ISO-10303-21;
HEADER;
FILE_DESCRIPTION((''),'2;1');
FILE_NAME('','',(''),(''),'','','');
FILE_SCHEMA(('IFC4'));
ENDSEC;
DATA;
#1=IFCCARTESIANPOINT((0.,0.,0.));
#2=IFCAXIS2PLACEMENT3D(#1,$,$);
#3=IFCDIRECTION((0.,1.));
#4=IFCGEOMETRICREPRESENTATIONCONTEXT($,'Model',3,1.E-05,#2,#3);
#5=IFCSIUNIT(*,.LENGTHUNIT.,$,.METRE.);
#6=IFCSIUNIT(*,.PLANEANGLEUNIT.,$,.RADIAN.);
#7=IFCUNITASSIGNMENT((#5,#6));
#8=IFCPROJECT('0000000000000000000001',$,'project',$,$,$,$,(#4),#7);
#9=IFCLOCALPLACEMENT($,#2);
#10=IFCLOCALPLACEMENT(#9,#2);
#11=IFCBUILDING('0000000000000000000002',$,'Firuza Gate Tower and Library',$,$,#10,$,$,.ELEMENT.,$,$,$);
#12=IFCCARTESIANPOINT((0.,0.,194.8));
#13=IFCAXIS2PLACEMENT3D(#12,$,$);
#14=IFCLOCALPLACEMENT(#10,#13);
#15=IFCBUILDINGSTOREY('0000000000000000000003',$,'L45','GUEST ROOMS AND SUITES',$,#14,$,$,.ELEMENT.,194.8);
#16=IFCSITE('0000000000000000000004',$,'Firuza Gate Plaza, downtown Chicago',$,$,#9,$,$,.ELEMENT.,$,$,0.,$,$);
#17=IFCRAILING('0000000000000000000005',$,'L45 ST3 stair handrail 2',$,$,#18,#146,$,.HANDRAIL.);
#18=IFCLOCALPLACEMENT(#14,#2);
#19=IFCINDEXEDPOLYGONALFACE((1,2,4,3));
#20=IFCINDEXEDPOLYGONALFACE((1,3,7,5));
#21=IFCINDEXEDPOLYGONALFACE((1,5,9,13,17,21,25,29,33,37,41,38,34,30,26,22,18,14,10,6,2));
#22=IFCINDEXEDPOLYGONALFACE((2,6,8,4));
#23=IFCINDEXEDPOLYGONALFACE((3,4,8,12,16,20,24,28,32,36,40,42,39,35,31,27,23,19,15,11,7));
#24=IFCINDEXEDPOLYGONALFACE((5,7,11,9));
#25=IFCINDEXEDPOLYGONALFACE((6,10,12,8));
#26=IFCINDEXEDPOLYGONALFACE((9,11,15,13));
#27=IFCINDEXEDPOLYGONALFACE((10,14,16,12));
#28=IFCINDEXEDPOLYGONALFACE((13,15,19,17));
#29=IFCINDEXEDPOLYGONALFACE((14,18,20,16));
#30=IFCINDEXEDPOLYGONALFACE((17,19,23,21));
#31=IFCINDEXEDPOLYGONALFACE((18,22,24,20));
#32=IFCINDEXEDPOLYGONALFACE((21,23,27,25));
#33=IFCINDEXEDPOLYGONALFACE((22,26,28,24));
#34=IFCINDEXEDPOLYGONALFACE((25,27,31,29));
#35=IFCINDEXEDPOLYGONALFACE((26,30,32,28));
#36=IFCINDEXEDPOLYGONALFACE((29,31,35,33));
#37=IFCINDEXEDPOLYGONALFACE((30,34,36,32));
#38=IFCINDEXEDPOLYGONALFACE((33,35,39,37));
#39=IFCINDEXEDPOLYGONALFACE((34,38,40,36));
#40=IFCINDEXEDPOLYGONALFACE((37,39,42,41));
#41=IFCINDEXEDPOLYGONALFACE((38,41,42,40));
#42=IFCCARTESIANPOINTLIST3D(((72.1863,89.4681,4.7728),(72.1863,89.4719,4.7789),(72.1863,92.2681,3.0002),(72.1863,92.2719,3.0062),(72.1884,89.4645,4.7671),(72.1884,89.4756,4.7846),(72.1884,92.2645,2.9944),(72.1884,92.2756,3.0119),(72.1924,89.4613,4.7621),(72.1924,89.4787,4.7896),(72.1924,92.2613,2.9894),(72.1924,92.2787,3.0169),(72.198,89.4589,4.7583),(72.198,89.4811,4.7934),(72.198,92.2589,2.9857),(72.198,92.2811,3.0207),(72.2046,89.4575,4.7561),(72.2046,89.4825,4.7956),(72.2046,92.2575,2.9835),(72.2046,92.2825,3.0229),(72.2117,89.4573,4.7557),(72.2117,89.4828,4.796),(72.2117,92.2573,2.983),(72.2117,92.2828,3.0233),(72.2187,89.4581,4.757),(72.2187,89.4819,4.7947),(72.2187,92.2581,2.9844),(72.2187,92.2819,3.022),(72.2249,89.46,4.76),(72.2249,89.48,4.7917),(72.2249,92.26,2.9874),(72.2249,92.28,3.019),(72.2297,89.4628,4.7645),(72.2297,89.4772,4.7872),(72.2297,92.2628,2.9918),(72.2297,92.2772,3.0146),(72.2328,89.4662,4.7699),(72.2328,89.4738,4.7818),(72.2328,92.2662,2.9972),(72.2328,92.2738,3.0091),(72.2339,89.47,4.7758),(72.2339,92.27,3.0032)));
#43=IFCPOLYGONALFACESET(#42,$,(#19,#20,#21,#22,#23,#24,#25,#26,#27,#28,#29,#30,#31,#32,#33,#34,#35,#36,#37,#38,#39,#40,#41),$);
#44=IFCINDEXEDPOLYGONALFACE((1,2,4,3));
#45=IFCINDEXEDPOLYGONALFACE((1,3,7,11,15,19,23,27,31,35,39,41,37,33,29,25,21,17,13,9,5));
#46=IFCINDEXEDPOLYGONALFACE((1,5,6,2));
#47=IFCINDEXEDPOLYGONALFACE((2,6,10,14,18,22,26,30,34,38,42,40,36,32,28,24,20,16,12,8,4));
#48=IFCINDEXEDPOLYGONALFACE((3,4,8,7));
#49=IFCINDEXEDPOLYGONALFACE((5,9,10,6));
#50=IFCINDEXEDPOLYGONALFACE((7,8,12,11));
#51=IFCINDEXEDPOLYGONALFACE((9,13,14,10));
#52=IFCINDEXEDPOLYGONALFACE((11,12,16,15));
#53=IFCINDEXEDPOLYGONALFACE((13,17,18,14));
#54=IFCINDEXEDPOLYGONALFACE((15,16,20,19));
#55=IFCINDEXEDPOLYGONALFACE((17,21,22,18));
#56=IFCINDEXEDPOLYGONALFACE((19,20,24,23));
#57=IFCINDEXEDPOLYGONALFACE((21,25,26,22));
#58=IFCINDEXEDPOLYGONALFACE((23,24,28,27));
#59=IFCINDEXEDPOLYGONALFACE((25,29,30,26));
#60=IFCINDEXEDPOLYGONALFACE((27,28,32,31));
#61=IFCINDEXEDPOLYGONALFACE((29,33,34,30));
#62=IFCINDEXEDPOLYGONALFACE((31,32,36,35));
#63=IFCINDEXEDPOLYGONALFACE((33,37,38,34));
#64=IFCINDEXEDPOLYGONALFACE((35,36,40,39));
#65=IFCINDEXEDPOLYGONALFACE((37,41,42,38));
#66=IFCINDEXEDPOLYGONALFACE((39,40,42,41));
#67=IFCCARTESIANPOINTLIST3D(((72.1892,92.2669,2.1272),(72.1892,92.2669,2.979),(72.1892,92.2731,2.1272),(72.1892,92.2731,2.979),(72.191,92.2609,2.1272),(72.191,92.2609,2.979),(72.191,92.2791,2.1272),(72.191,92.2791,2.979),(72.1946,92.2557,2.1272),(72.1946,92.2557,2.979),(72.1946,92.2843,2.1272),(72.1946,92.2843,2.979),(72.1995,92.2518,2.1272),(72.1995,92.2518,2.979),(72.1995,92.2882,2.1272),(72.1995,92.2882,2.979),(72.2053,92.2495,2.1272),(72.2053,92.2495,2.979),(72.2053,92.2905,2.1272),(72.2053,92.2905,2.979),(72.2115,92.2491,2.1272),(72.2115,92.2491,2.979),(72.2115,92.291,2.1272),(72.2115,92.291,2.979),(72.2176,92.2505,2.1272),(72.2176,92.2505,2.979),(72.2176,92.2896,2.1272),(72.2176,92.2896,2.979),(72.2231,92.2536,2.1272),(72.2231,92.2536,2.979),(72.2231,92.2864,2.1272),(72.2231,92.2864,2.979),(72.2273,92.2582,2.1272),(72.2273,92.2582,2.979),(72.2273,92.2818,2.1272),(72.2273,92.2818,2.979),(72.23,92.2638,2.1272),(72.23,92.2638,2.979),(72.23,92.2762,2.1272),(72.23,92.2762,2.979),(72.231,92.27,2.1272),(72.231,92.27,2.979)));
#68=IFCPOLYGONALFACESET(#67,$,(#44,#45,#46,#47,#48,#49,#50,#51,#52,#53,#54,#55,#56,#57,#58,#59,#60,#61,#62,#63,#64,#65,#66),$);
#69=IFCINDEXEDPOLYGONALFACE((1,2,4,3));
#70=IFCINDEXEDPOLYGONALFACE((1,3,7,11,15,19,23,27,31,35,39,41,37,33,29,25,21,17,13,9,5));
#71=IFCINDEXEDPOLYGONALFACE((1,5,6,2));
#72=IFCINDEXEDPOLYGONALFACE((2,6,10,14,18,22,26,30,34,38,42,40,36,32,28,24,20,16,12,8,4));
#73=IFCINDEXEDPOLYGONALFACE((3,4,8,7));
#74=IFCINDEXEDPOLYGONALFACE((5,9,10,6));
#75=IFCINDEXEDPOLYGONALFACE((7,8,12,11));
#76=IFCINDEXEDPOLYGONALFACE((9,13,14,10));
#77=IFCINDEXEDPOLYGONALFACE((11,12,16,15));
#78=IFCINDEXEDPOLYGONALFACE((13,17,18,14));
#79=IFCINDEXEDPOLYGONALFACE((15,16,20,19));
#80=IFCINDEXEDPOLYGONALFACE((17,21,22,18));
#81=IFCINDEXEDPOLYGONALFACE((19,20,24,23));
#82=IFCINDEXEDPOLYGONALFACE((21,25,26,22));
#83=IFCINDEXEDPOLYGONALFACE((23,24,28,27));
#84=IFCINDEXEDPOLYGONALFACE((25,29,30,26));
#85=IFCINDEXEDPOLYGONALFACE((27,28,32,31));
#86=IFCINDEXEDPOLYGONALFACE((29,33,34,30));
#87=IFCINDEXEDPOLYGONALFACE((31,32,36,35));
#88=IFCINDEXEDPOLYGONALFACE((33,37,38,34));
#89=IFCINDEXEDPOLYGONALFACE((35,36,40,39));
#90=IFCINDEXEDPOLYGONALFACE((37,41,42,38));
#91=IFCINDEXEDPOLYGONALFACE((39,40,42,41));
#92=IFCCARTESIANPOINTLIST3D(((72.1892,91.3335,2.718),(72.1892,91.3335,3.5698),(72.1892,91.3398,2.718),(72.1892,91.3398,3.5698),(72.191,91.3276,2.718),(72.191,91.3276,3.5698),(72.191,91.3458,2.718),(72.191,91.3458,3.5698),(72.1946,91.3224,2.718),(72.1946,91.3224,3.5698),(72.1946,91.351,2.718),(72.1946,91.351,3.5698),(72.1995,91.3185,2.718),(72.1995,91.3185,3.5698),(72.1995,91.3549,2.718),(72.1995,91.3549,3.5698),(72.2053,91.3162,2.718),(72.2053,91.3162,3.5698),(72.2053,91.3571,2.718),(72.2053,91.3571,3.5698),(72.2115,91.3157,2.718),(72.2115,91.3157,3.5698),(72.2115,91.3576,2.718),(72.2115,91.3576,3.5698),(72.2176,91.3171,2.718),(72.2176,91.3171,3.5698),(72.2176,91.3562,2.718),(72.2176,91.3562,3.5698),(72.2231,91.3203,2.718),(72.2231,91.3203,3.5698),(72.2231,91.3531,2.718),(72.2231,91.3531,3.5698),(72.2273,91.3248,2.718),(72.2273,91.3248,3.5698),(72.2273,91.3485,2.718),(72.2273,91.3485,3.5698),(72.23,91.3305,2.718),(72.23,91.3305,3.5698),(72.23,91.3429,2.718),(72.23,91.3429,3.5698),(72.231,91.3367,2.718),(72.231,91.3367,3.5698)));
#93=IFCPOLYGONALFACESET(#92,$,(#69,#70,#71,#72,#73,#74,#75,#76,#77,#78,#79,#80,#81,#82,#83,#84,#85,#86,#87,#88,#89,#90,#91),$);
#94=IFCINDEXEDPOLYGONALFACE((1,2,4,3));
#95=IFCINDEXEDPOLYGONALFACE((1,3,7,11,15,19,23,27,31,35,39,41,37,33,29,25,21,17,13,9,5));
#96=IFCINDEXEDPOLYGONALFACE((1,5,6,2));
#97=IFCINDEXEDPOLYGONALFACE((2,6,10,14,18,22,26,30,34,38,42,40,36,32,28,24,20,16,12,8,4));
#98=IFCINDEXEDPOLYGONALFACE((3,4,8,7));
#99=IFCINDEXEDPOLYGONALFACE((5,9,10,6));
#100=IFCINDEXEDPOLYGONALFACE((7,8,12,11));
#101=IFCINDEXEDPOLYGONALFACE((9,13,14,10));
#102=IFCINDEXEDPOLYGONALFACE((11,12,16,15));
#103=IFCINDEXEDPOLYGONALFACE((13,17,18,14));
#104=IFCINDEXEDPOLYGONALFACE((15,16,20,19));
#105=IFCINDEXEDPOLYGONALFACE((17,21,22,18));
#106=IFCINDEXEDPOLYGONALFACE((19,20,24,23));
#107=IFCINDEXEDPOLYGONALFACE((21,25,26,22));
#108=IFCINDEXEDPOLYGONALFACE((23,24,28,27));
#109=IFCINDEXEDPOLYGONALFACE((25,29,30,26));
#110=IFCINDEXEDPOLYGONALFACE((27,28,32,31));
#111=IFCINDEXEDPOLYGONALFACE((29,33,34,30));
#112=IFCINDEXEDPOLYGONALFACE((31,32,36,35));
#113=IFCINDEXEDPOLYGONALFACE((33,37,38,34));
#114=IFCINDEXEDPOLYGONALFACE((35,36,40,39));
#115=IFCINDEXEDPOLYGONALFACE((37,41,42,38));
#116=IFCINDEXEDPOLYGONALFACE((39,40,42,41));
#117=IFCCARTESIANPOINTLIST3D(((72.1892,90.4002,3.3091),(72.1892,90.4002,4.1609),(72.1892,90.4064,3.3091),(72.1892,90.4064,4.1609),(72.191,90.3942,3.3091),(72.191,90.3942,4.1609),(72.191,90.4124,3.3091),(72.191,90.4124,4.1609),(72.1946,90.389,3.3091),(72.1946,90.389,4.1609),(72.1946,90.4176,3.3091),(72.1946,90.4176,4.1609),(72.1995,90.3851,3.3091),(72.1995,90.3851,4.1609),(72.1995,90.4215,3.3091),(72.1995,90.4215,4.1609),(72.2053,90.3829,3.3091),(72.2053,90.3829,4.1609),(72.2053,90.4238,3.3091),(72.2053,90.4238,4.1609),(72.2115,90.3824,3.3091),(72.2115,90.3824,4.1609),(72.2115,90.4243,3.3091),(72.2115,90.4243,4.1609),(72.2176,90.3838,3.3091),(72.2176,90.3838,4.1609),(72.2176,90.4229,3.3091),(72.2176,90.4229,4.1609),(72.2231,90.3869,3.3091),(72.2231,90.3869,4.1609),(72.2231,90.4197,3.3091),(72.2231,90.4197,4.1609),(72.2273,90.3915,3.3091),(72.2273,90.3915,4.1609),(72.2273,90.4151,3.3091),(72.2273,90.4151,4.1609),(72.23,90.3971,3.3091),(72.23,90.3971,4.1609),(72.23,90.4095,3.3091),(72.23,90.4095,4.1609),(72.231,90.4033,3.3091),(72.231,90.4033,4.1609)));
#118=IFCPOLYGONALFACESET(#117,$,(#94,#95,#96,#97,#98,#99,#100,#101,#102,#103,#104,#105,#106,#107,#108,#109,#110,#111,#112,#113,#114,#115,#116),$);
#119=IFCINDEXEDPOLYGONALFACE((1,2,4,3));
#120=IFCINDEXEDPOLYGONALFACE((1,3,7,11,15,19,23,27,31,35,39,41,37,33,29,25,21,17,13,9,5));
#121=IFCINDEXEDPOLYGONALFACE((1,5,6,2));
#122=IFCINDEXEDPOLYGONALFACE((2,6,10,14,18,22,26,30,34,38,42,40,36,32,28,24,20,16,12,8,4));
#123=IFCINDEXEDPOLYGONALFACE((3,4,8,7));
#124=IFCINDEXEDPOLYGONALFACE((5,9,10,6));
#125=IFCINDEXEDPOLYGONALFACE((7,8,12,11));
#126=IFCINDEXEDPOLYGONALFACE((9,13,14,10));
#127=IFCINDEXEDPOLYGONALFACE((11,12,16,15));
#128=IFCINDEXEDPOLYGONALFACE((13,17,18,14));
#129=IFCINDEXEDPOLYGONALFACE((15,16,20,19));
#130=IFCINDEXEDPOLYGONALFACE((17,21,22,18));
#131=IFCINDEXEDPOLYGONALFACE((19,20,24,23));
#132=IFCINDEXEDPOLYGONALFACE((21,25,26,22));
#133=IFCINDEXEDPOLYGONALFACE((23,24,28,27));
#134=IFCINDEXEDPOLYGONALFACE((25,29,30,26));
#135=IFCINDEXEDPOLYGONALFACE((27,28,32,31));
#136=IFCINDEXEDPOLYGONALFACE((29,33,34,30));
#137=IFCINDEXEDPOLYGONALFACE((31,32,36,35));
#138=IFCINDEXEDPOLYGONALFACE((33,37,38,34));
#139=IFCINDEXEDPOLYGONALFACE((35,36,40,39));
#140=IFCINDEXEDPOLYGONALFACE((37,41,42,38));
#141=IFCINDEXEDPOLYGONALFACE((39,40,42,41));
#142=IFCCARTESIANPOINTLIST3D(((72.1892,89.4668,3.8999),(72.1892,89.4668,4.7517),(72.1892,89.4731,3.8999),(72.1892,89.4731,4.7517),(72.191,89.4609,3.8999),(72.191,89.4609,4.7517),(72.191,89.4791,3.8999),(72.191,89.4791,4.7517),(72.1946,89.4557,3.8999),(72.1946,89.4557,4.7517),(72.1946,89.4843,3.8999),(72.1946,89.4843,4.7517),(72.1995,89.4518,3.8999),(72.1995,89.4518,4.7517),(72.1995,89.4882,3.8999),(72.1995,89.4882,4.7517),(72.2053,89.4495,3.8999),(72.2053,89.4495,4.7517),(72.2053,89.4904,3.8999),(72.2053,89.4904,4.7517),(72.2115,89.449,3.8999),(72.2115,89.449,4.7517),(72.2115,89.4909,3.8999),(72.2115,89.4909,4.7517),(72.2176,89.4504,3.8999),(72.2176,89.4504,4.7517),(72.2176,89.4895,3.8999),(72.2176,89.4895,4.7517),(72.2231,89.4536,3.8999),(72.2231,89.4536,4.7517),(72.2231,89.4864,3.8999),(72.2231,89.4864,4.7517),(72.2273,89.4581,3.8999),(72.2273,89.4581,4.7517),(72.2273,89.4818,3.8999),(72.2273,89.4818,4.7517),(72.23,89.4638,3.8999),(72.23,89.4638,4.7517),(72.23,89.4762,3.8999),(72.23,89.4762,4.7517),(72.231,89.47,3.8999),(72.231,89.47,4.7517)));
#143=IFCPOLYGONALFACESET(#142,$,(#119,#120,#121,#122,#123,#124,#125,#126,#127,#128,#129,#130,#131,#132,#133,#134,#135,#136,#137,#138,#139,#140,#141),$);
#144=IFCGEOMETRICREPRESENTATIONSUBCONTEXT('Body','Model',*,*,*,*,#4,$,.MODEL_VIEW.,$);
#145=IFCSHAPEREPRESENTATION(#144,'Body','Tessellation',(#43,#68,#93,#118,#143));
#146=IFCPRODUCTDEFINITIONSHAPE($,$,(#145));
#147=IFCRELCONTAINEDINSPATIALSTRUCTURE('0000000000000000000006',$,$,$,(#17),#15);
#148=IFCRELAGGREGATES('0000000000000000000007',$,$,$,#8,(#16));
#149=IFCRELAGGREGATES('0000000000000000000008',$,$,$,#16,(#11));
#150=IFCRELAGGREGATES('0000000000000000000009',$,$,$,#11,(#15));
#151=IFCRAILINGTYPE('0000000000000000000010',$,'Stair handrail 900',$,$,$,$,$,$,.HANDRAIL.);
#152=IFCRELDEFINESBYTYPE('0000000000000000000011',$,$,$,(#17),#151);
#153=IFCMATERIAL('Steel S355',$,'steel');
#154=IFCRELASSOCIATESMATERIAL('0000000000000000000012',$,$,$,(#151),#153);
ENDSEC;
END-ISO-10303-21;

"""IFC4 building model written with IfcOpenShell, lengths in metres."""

from ifc_helpers import new_model, si_unit, direction, frame, origin, origin_2d, place, context, subcontext, project, spatial, circle, extrude, material, type_object, element, save


model = new_model("IFC4")

# Units and contexts
model_context = context("Model", 3, precision=1e-05, world=origin(), true_north=direction((0.0, 1.0)))
body_context = subcontext(model_context, "Body", "Model", "MODEL_VIEW")
ifc_project = project(units=[si_unit("LENGTHUNIT", "METRE"), si_unit("PLANEANGLEUNIT", "RADIAN")], contexts=[model_context])

# Site, building, storey
site_placement = place(None, origin())
site = spatial("IfcSite", under=ifc_project, at=site_placement, Name="Firuza Gate Plaza, downtown Chicago", CompositionType="ELEMENT", RefElevation=0.0)
building_placement = place(site_placement, origin())
building = spatial("IfcBuilding", under=site, at=building_placement, Name="Firuza Gate Tower and Library", CompositionType="ELEMENT")
storey_placement = place(building_placement, frame((0.0, 0.0, 194.8)))
storey = spatial("IfcBuildingStorey", under=building, at=storey_placement, Name="L45", Description="GUEST ROOMS AND SUITES", CompositionType="ELEMENT", Elevation=194.8)

# Railing
ifc_material_1 = material(Name="Steel S355", Category="steel")
railing_type_1 = type_object("IfcRailingType", Name="Stair handrail 900", PredefinedType="HANDRAIL", material=ifc_material_1)
railing_1_placement = place(storey_placement, frame((72.21, 92.27, 2.1272)))
element("IfcRailing", 1, at=railing_1_placement, inside=storey, type_object=railing_type_1, Name="L45 ST3 stair handrail 2", PredefinedType="HANDRAIL", context=body_context, shape_type="SweptSolid", body=[
    extrude(circle(Radius=0.0239, at=origin_2d()), frame((0.0, 0.0, 0.876), z_axis=(0.0, -0.844909, 0.53491), x_axis=(1.0, 0.0, 0.0)), (0.0, 0.0, 1.0), 3.314),
    extrude(circle(Radius=0.021, at=origin_2d()), origin(), (0.0, 0.0, 1.0), 0.8518),
    extrude(circle(Radius=0.021, at=origin_2d()), frame((0.0, -0.9333, 0.5908)), (0.0, 0.0, 1.0), 0.8518),
    extrude(circle(Radius=0.021, at=origin_2d()), frame((0.0, -1.8667, 1.1819)), (0.0, 0.0, 1.0), 0.8518),
    extrude(circle(Radius=0.021, at=origin_2d()), frame((0.0, -2.8, 1.7727)), (0.0, 0.0, 1.0), 0.8518),
])

save(model, "model.ifc")
